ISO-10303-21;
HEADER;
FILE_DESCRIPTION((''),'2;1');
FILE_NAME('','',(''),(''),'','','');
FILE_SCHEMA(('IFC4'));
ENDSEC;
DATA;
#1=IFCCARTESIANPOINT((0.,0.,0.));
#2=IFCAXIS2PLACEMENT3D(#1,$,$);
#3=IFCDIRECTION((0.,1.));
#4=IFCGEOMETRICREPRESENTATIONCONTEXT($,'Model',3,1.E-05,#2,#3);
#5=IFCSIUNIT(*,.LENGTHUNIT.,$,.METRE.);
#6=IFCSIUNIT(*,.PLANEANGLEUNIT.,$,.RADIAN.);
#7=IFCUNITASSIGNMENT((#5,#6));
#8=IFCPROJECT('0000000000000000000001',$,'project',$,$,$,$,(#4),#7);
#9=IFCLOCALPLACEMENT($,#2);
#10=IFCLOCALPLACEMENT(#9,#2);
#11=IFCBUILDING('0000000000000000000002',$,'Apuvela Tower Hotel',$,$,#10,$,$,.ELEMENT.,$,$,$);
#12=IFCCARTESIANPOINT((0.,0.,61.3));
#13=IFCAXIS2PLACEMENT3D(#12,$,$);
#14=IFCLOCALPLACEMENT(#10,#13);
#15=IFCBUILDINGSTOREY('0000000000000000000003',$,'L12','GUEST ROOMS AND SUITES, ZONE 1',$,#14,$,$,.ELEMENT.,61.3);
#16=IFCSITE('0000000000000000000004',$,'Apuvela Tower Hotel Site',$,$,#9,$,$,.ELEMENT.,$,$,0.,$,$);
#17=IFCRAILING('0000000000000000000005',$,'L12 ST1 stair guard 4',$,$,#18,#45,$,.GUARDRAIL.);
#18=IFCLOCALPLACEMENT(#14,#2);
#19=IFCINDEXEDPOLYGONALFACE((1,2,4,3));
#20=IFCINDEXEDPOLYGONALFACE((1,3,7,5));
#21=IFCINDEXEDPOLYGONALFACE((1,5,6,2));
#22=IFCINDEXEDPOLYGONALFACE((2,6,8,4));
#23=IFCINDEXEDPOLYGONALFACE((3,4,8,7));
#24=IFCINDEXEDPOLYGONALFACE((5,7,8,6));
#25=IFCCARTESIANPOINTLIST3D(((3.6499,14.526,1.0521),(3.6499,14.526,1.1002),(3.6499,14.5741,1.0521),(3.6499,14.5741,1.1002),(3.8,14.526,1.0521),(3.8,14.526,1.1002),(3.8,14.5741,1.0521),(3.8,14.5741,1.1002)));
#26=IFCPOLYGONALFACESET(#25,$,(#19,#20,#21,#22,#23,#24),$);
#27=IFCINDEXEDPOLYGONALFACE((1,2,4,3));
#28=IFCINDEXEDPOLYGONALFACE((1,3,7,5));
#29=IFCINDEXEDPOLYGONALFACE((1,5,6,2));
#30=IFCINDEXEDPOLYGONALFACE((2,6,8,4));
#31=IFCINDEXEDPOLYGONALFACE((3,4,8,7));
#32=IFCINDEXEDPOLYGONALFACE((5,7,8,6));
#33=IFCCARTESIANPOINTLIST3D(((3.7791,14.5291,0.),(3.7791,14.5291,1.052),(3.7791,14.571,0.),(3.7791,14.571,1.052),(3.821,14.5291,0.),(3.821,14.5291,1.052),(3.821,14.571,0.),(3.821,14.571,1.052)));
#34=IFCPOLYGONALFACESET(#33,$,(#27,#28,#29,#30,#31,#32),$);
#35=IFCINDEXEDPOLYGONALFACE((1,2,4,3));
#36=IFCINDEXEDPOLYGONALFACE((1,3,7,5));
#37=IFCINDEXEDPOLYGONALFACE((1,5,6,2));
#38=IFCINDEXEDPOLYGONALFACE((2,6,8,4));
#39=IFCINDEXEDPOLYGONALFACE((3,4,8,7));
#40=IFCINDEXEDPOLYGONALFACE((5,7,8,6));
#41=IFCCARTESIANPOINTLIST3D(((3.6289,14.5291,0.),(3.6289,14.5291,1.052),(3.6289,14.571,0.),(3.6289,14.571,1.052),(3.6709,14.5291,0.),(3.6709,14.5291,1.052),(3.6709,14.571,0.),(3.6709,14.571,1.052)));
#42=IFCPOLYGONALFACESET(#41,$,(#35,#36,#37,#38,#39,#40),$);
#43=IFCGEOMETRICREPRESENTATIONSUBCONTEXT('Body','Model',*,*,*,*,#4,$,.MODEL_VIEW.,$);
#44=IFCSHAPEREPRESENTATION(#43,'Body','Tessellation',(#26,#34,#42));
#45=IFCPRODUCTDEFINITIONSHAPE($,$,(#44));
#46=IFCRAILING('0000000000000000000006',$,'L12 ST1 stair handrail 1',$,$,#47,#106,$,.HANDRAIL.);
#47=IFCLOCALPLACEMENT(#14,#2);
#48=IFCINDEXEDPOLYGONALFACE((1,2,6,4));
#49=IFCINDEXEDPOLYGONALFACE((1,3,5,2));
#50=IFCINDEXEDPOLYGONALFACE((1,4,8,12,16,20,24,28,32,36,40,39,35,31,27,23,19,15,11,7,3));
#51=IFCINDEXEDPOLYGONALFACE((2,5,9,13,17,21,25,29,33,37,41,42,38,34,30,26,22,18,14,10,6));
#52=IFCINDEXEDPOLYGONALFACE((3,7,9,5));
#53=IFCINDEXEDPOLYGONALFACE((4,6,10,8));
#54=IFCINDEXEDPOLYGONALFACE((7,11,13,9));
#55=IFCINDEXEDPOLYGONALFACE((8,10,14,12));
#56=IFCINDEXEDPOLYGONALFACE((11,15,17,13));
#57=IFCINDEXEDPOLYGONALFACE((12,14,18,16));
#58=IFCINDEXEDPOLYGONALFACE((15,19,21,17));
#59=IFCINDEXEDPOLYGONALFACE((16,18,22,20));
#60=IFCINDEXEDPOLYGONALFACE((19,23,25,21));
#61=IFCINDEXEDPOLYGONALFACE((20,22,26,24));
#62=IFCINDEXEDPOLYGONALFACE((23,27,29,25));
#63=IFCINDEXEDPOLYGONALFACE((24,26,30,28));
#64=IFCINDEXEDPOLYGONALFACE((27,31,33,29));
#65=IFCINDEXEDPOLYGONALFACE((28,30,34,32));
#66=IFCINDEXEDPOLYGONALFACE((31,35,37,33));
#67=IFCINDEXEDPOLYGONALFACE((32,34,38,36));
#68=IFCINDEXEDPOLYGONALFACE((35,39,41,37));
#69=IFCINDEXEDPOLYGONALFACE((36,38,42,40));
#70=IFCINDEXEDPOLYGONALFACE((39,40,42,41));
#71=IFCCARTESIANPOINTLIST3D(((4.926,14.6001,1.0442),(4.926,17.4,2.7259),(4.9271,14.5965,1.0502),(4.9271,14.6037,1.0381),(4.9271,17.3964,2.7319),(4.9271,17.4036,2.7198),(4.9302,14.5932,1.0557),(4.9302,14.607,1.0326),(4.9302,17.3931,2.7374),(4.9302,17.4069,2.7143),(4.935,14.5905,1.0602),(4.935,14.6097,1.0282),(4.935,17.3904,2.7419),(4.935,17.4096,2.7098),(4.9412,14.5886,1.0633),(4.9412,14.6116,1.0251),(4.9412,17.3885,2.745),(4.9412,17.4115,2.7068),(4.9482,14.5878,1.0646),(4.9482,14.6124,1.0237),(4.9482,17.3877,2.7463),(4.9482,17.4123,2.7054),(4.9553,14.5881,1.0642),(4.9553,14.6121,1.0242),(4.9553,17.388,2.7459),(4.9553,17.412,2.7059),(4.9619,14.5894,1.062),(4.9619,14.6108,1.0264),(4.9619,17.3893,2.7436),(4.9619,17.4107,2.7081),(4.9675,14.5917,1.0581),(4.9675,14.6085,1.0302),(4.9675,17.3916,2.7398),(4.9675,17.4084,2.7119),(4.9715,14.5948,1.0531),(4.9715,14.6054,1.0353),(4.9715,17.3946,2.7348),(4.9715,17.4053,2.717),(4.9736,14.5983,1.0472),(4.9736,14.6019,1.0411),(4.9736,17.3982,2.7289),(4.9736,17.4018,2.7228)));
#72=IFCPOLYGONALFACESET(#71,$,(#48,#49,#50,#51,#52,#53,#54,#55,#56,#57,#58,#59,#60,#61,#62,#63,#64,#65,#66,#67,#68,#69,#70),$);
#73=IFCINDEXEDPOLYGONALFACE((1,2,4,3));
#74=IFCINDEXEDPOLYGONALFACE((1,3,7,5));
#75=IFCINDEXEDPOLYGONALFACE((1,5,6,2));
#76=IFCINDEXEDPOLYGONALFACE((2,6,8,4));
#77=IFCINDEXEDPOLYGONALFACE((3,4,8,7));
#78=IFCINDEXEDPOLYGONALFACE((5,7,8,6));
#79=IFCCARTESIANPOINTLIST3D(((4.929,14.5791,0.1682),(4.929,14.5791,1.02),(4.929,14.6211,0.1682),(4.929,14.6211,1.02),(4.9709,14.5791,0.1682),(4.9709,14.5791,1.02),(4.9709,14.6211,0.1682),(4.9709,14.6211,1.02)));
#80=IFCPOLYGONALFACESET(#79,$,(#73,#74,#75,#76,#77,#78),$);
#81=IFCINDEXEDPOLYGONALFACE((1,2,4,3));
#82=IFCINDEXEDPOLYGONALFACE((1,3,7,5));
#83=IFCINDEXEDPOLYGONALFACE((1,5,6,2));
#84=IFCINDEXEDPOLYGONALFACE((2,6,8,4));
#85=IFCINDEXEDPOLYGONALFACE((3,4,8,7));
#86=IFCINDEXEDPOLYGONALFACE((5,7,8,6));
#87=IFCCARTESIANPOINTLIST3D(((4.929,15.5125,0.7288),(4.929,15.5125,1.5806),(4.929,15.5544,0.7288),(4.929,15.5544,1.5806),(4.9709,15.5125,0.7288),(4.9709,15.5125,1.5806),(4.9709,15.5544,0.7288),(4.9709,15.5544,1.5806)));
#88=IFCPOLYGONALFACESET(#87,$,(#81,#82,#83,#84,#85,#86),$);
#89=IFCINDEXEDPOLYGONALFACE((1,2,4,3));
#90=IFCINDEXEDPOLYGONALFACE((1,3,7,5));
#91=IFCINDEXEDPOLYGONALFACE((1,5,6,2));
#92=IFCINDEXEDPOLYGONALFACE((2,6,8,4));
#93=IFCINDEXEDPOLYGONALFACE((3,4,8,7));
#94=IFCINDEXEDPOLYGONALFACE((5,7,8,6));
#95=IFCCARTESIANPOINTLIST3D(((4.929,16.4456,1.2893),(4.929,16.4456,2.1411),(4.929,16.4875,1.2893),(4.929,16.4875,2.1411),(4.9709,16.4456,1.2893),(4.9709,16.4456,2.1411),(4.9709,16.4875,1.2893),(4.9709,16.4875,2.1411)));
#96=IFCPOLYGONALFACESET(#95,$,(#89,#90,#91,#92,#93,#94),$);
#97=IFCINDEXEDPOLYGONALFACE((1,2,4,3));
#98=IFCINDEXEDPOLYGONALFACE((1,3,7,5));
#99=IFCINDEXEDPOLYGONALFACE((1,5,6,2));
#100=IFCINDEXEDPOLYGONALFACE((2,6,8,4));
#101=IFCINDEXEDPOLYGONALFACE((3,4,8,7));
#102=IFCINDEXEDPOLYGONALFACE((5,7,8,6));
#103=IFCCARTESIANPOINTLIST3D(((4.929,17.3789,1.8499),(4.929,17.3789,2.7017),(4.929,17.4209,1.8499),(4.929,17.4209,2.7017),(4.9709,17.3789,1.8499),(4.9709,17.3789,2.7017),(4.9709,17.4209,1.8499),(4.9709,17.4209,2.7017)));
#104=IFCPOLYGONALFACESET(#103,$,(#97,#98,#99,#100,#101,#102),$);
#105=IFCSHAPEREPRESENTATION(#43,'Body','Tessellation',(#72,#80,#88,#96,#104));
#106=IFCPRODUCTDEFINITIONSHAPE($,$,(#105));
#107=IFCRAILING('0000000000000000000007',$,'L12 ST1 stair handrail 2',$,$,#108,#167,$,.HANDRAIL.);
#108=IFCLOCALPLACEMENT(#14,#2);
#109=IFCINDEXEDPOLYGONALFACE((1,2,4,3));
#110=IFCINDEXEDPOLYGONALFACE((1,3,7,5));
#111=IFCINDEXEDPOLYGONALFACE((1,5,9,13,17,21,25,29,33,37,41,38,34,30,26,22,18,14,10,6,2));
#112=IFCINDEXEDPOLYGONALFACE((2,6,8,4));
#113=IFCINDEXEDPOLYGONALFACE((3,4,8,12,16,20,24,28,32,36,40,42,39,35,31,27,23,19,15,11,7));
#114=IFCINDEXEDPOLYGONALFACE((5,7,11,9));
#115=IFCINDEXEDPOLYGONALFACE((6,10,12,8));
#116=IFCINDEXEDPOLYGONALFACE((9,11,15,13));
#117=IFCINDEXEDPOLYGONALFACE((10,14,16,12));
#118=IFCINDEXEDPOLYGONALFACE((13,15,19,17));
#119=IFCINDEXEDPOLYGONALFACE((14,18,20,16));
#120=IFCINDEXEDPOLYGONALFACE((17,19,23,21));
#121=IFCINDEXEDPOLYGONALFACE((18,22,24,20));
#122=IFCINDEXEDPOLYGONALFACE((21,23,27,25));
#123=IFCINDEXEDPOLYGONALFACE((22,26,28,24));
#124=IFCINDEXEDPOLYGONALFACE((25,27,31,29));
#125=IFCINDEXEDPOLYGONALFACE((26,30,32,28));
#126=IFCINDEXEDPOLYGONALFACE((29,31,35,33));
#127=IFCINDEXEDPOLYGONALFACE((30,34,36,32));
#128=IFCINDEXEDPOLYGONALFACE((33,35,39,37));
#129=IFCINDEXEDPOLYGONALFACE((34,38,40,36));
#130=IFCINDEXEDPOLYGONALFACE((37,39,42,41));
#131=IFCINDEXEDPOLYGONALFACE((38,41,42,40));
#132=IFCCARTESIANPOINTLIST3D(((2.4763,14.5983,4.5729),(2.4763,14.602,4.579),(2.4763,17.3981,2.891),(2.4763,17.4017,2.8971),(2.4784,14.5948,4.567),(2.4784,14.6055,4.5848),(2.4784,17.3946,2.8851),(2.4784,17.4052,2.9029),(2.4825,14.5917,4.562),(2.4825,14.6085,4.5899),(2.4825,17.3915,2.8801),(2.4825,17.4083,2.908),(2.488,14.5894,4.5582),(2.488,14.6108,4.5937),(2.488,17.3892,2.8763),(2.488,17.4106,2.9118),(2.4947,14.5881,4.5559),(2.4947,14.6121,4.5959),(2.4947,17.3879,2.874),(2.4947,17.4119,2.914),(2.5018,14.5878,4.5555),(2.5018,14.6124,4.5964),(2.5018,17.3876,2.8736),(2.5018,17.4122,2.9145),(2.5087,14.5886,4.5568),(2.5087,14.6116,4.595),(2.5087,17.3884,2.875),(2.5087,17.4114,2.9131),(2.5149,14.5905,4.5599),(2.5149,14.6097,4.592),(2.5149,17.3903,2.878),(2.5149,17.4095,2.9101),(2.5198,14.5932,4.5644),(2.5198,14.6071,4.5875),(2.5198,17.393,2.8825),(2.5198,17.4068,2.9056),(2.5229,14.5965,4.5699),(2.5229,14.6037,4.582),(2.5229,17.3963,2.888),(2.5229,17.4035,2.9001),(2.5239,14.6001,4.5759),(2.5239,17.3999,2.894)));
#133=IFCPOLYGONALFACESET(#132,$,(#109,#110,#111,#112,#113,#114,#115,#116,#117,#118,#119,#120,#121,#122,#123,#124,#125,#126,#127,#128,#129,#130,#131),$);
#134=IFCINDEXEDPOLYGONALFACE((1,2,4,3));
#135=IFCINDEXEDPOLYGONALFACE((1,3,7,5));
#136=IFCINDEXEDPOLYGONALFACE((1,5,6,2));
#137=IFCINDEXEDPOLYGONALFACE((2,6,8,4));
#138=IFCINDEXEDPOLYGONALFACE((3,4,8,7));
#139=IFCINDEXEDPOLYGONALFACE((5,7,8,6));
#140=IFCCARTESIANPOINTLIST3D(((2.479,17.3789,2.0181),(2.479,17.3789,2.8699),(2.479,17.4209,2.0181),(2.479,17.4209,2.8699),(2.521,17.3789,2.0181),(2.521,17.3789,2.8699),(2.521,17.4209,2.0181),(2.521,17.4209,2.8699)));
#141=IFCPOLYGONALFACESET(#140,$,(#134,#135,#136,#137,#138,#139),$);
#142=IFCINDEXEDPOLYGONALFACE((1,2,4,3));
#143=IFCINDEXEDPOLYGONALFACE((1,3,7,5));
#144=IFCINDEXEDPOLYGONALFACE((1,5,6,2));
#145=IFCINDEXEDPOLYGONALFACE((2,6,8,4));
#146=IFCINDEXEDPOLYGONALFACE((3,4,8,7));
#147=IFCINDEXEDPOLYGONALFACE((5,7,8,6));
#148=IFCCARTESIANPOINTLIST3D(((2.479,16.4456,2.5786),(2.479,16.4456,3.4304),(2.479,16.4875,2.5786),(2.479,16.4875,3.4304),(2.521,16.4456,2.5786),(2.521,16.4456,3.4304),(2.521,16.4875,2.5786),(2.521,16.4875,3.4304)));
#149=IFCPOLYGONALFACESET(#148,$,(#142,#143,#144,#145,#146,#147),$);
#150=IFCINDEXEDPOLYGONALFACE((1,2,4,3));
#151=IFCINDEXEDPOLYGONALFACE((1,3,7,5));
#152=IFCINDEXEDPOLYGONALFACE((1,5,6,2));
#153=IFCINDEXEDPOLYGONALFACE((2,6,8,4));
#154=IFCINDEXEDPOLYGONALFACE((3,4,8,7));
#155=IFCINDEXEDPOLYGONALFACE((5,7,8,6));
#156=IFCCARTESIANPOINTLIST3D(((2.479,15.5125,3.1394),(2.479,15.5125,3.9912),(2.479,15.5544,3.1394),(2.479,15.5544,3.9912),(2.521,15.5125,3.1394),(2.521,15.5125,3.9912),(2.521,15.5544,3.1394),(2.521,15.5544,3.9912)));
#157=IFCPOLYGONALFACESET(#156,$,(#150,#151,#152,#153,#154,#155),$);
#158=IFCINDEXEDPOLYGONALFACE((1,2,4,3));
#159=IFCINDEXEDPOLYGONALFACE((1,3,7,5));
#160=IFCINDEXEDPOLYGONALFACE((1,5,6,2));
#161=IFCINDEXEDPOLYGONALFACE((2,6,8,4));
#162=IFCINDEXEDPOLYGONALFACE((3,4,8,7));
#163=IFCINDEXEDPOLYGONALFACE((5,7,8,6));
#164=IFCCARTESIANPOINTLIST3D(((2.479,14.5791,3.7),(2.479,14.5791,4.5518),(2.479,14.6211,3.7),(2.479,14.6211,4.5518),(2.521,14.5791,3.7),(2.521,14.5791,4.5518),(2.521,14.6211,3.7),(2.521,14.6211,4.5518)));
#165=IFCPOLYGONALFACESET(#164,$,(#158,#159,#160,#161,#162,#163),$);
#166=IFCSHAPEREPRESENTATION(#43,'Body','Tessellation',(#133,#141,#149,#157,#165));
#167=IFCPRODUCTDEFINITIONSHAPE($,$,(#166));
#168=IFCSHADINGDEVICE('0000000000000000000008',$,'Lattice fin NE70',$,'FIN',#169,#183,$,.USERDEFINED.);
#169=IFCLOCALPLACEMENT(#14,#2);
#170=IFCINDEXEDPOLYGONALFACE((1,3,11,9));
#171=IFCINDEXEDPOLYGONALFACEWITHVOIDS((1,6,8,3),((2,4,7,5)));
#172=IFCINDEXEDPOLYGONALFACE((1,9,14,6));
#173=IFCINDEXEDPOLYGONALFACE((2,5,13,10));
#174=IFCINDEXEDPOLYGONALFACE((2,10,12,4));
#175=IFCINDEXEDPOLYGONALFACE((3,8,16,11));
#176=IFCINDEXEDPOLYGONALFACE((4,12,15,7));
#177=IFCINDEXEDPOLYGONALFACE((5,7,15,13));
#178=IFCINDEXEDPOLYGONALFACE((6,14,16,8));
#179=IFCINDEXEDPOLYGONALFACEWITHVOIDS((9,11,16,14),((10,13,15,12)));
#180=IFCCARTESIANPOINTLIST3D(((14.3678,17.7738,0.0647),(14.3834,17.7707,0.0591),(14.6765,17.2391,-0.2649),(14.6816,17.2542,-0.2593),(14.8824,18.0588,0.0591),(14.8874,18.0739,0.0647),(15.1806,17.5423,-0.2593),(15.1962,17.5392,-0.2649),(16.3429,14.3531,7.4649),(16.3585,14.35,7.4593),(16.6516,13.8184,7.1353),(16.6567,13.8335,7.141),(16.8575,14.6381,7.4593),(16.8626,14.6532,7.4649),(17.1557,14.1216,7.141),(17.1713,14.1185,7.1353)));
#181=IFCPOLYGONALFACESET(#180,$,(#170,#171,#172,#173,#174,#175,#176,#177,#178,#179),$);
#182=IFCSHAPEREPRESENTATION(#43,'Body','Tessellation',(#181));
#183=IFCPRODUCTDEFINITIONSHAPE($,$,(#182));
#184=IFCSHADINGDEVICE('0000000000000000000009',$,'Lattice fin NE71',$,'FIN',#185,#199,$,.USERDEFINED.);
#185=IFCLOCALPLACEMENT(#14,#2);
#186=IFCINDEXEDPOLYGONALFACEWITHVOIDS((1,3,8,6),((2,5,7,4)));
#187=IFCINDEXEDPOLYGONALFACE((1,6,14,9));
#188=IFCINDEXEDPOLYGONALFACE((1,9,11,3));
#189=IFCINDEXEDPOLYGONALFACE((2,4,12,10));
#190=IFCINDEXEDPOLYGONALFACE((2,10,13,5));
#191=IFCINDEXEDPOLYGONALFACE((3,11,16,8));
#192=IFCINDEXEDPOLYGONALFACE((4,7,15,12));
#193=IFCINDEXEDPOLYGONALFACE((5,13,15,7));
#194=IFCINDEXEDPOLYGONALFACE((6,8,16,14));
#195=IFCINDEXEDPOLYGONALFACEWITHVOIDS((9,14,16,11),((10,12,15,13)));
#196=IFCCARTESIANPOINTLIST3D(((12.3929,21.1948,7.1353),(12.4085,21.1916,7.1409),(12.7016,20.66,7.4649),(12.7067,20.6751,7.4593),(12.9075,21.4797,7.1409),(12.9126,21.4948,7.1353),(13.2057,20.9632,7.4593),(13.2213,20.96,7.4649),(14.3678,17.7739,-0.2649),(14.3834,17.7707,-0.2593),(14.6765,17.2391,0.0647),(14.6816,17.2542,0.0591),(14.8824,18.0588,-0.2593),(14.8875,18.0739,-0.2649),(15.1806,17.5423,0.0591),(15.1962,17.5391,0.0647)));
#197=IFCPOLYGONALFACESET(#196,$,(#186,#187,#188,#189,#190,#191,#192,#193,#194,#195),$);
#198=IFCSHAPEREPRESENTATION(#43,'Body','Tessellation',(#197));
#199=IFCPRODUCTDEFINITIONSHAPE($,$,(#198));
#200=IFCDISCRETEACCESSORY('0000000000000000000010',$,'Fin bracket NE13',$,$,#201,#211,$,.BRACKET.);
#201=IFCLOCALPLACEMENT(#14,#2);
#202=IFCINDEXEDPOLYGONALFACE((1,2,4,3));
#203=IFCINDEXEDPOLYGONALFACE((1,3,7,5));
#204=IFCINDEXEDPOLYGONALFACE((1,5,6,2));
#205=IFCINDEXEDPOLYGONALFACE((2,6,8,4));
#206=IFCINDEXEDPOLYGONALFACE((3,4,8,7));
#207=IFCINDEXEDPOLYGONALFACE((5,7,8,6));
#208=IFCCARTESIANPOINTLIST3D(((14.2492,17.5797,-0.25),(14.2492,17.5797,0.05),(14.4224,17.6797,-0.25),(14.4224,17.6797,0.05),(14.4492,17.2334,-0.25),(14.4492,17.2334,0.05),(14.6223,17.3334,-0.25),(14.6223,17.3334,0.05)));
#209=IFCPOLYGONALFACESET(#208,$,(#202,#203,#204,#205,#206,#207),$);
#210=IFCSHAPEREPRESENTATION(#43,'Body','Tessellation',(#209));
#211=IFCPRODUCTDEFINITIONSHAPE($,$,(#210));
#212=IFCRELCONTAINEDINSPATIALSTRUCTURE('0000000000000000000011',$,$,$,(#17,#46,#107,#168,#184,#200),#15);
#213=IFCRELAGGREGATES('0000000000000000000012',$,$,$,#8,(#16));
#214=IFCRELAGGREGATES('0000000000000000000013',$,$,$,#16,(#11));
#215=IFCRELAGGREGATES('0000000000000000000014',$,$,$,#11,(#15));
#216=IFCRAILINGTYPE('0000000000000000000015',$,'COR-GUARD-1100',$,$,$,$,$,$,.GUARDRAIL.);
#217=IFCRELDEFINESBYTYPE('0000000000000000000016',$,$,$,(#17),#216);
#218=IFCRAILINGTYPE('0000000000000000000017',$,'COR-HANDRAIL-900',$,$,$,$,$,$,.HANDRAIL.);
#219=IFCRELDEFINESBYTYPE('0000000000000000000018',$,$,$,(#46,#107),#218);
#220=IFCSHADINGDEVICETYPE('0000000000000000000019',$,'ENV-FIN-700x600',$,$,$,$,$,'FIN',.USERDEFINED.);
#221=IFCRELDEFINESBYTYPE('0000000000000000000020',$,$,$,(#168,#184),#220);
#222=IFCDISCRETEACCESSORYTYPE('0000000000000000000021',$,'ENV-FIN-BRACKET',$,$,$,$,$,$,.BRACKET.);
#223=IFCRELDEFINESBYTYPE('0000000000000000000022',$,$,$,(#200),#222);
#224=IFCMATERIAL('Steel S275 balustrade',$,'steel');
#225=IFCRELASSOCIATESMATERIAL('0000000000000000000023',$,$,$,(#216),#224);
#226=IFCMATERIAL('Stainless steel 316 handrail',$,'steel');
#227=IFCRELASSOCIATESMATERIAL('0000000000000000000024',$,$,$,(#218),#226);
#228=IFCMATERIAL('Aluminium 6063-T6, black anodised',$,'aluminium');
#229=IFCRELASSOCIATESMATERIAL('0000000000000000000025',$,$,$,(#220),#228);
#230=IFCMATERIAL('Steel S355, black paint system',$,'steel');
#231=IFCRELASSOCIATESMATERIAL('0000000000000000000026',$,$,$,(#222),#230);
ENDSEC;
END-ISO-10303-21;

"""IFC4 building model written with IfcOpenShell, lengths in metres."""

from ifc_helpers import new_model, si_unit, direction, frame, origin, origin_2d, place, context, subcontext, project, spatial, rectangle, hollow_rectangle, circle, extrude, material, material_profile, profile_set, type_object, element, save


model = new_model("IFC4")

# Units and contexts
model_context = context("Model", 3, precision=1e-05, world=origin(), true_north=direction((0.0, 1.0)))
body_context = subcontext(model_context, "Body", "Model", "MODEL_VIEW")
ifc_project = project(units=[si_unit("LENGTHUNIT", "METRE"), si_unit("PLANEANGLEUNIT", "RADIAN")], contexts=[model_context])

# Site, building, storey
site_placement = place(None, origin())
site = spatial("IfcSite", under=ifc_project, at=site_placement, Name="Apuvela Tower Hotel Site", CompositionType="ELEMENT", RefElevation=0.0)
building_placement = place(site_placement, origin())
building = spatial("IfcBuilding", under=site, at=building_placement, Name="Apuvela Tower Hotel", CompositionType="ELEMENT")
storey_placement = place(building_placement, frame((0.0, 0.0, 61.3)))
storey = spatial("IfcBuildingStorey", under=building, at=storey_placement, Name="L12", Description="GUEST ROOMS AND SUITES, ZONE 1", CompositionType="ELEMENT", Elevation=61.3)

# Railings
ifc_material_1 = material(Name="Steel S275 balustrade", Category="steel")
railing_type_1 = type_object("IfcRailingType", Name="COR-GUARD-1100", PredefinedType="GUARDRAIL", material=ifc_material_1)
railing_1_placement = place(storey_placement, frame((3.8, 14.55, 0.0)))
element("IfcRailing", 1, at=railing_1_placement, inside=storey, type_object=railing_type_1, Name="L12 ST1 stair guard 4", PredefinedType="GUARDRAIL", context=body_context, shape_type="SweptSolid", body=[
    extrude(rectangle(XDim=0.0481, YDim=0.0481, at=origin_2d()), frame((0.0, 0.0, 1.0762), z_axis=(-1.0, 0.0, 0.0), x_axis=(0.0, -1.0, 0.0)), (0.0, 0.0, 1.0), 0.1501),
    extrude(rectangle(XDim=0.042, YDim=0.042, at=origin_2d()), origin(), (0.0, 0.0, 1.0), 1.052),
    extrude(rectangle(XDim=0.042, YDim=0.042, at=origin_2d()), frame((-0.1501, 0.0, 0.0)), (0.0, 0.0, 1.0), 1.052),
])
ifc_material_2 = material(Name="Stainless steel 316 handrail", Category="steel")
railing_type_2 = type_object("IfcRailingType", Name="COR-HANDRAIL-900", PredefinedType="HANDRAIL", material=ifc_material_2)
railing_2_placement = place(storey_placement, frame((4.95, 14.6001, 0.1682)))
element("IfcRailing", 2, at=railing_2_placement, inside=storey, type_object=railing_type_2, Name="L12 ST1 stair handrail 1", PredefinedType="HANDRAIL", context=body_context, shape_type="SweptSolid", body=[
    extrude(circle(Radius=0.0239, at=origin_2d()), frame((0.0, 0.0, 0.876), z_axis=(0.0, 0.857255, 0.514891), x_axis=(-1.0, 0.0, 0.0)), (0.0, 0.0, 1.0), 3.2661),
    extrude(rectangle(XDim=0.042, YDim=0.042, at=origin_2d()), origin(), (0.0, 0.0, 1.0), 0.8518),
    extrude(rectangle(XDim=0.042, YDim=0.042, at=origin_2d()), frame((0.0, 0.9333, 0.5605)), (0.0, 0.0, 1.0), 0.8518),
    extrude(rectangle(XDim=0.042, YDim=0.042, at=origin_2d()), frame((0.0, 1.8665, 1.1211)), (0.0, 0.0, 1.0), 0.8518),
    extrude(rectangle(XDim=0.042, YDim=0.042, at=origin_2d()), frame((0.0, 2.7998, 1.6816)), (0.0, 0.0, 1.0), 0.8518),
])
railing_3_placement = place(storey_placement, frame((2.5, 17.3999, 2.0181)))
element("IfcRailing", 3, at=railing_3_placement, inside=storey, type_object=railing_type_2, Name="L12 ST1 stair handrail 2", PredefinedType="HANDRAIL", context=body_context, shape_type="SweptSolid", body=[
    extrude(circle(Radius=0.0239, at=origin_2d()), frame((0.0, 0.0, 0.876), z_axis=(0.0, -0.857222, 0.514946), x_axis=(1.0, 0.0, 0.0)), (0.0, 0.0, 1.0), 3.2661),
    extrude(rectangle(XDim=0.042, YDim=0.042, at=origin_2d()), origin(), (0.0, 0.0, 1.0), 0.8518),
    extrude(rectangle(XDim=0.042, YDim=0.042, at=origin_2d()), frame((0.0, -0.9333, 0.5605)), (0.0, 0.0, 1.0), 0.8518),
    extrude(rectangle(XDim=0.042, YDim=0.042, at=origin_2d()), frame((0.0, -1.8665, 1.1213)), (0.0, 0.0, 1.0), 0.8518),
    extrude(rectangle(XDim=0.042, YDim=0.042, at=origin_2d()), frame((0.0, -2.7998, 1.6819)), (0.0, 0.0, 1.0), 0.8518),
])

# Shading devices
ifc_material_3 = material(Name="Aluminium 6063-T6, black anodised", Category="aluminium")
ifc_material_profile_1 = material_profile(ifc_material_3, hollow_rectangle(XDim=0.6001, YDim=0.7, WallThickness=0.012, at=origin_2d()), Name="AL BOX 700x600x12")
ifc_profile_set_1 = profile_set([ifc_material_profile_1], Name="Aluminium 6063-T6, black anodised")
shading_device_type = type_object("IfcShadingDeviceType", Name="ENV-FIN-700x600", ElementType="FIN", PredefinedType="USERDEFINED", material=ifc_profile_set_1)
for number, where, z_axis, x_axis, name in (
    (4, (14.782, 17.6565, -0.1001), (0.235458, -0.407787, 0.882196), (0.866005, 0.500035, 0.0), "Lattice fin NE70"),
    (5, (14.782, 17.6565, -0.1001), (-0.235428, 0.407814, 0.882191), (-0.866048, -0.499961, 0.0), "Lattice fin NE71"),
):
    element("IfcShadingDevice", number, at=place(storey_placement, frame(where, z_axis=z_axis, x_axis=x_axis)), inside=storey, type_object=shading_device_type, Name=name, ObjectType="FIN", PredefinedType="USERDEFINED", context=body_context, shape_type="SweptSolid", body=[
        extrude(hollow_rectangle(XDim=0.6001, YDim=0.7, WallThickness=0.012, at=origin_2d()), origin(), (0.0, 0.0, 1.0), 8.3884),
    ])

# Discrete accessory
ifc_material_4 = material(Name="Steel S355, black paint system", Category="steel")
discrete_accessory_type = type_object("IfcDiscreteAccessoryType", Name="ENV-FIN-BRACKET", PredefinedType="BRACKET", material=ifc_material_4)
discrete_accessory_placement = place(storey_placement, frame((14.4358, 17.4565, -0.25), z_axis=(0.0, 0.0, 1.0), x_axis=(-0.5, 0.866025, 0.0)))
element("IfcDiscreteAccessory", 6, at=discrete_accessory_placement, inside=storey, type_object=discrete_accessory_type, Name="Fin bracket NE13", PredefinedType="BRACKET", context=body_context, shape_type="SweptSolid", body=[
    extrude(rectangle(XDim=0.3999, YDim=0.2, at=origin_2d()), origin(), (0.0, 0.0, 1.0), 0.3),
])

save(model, "model.ifc")
